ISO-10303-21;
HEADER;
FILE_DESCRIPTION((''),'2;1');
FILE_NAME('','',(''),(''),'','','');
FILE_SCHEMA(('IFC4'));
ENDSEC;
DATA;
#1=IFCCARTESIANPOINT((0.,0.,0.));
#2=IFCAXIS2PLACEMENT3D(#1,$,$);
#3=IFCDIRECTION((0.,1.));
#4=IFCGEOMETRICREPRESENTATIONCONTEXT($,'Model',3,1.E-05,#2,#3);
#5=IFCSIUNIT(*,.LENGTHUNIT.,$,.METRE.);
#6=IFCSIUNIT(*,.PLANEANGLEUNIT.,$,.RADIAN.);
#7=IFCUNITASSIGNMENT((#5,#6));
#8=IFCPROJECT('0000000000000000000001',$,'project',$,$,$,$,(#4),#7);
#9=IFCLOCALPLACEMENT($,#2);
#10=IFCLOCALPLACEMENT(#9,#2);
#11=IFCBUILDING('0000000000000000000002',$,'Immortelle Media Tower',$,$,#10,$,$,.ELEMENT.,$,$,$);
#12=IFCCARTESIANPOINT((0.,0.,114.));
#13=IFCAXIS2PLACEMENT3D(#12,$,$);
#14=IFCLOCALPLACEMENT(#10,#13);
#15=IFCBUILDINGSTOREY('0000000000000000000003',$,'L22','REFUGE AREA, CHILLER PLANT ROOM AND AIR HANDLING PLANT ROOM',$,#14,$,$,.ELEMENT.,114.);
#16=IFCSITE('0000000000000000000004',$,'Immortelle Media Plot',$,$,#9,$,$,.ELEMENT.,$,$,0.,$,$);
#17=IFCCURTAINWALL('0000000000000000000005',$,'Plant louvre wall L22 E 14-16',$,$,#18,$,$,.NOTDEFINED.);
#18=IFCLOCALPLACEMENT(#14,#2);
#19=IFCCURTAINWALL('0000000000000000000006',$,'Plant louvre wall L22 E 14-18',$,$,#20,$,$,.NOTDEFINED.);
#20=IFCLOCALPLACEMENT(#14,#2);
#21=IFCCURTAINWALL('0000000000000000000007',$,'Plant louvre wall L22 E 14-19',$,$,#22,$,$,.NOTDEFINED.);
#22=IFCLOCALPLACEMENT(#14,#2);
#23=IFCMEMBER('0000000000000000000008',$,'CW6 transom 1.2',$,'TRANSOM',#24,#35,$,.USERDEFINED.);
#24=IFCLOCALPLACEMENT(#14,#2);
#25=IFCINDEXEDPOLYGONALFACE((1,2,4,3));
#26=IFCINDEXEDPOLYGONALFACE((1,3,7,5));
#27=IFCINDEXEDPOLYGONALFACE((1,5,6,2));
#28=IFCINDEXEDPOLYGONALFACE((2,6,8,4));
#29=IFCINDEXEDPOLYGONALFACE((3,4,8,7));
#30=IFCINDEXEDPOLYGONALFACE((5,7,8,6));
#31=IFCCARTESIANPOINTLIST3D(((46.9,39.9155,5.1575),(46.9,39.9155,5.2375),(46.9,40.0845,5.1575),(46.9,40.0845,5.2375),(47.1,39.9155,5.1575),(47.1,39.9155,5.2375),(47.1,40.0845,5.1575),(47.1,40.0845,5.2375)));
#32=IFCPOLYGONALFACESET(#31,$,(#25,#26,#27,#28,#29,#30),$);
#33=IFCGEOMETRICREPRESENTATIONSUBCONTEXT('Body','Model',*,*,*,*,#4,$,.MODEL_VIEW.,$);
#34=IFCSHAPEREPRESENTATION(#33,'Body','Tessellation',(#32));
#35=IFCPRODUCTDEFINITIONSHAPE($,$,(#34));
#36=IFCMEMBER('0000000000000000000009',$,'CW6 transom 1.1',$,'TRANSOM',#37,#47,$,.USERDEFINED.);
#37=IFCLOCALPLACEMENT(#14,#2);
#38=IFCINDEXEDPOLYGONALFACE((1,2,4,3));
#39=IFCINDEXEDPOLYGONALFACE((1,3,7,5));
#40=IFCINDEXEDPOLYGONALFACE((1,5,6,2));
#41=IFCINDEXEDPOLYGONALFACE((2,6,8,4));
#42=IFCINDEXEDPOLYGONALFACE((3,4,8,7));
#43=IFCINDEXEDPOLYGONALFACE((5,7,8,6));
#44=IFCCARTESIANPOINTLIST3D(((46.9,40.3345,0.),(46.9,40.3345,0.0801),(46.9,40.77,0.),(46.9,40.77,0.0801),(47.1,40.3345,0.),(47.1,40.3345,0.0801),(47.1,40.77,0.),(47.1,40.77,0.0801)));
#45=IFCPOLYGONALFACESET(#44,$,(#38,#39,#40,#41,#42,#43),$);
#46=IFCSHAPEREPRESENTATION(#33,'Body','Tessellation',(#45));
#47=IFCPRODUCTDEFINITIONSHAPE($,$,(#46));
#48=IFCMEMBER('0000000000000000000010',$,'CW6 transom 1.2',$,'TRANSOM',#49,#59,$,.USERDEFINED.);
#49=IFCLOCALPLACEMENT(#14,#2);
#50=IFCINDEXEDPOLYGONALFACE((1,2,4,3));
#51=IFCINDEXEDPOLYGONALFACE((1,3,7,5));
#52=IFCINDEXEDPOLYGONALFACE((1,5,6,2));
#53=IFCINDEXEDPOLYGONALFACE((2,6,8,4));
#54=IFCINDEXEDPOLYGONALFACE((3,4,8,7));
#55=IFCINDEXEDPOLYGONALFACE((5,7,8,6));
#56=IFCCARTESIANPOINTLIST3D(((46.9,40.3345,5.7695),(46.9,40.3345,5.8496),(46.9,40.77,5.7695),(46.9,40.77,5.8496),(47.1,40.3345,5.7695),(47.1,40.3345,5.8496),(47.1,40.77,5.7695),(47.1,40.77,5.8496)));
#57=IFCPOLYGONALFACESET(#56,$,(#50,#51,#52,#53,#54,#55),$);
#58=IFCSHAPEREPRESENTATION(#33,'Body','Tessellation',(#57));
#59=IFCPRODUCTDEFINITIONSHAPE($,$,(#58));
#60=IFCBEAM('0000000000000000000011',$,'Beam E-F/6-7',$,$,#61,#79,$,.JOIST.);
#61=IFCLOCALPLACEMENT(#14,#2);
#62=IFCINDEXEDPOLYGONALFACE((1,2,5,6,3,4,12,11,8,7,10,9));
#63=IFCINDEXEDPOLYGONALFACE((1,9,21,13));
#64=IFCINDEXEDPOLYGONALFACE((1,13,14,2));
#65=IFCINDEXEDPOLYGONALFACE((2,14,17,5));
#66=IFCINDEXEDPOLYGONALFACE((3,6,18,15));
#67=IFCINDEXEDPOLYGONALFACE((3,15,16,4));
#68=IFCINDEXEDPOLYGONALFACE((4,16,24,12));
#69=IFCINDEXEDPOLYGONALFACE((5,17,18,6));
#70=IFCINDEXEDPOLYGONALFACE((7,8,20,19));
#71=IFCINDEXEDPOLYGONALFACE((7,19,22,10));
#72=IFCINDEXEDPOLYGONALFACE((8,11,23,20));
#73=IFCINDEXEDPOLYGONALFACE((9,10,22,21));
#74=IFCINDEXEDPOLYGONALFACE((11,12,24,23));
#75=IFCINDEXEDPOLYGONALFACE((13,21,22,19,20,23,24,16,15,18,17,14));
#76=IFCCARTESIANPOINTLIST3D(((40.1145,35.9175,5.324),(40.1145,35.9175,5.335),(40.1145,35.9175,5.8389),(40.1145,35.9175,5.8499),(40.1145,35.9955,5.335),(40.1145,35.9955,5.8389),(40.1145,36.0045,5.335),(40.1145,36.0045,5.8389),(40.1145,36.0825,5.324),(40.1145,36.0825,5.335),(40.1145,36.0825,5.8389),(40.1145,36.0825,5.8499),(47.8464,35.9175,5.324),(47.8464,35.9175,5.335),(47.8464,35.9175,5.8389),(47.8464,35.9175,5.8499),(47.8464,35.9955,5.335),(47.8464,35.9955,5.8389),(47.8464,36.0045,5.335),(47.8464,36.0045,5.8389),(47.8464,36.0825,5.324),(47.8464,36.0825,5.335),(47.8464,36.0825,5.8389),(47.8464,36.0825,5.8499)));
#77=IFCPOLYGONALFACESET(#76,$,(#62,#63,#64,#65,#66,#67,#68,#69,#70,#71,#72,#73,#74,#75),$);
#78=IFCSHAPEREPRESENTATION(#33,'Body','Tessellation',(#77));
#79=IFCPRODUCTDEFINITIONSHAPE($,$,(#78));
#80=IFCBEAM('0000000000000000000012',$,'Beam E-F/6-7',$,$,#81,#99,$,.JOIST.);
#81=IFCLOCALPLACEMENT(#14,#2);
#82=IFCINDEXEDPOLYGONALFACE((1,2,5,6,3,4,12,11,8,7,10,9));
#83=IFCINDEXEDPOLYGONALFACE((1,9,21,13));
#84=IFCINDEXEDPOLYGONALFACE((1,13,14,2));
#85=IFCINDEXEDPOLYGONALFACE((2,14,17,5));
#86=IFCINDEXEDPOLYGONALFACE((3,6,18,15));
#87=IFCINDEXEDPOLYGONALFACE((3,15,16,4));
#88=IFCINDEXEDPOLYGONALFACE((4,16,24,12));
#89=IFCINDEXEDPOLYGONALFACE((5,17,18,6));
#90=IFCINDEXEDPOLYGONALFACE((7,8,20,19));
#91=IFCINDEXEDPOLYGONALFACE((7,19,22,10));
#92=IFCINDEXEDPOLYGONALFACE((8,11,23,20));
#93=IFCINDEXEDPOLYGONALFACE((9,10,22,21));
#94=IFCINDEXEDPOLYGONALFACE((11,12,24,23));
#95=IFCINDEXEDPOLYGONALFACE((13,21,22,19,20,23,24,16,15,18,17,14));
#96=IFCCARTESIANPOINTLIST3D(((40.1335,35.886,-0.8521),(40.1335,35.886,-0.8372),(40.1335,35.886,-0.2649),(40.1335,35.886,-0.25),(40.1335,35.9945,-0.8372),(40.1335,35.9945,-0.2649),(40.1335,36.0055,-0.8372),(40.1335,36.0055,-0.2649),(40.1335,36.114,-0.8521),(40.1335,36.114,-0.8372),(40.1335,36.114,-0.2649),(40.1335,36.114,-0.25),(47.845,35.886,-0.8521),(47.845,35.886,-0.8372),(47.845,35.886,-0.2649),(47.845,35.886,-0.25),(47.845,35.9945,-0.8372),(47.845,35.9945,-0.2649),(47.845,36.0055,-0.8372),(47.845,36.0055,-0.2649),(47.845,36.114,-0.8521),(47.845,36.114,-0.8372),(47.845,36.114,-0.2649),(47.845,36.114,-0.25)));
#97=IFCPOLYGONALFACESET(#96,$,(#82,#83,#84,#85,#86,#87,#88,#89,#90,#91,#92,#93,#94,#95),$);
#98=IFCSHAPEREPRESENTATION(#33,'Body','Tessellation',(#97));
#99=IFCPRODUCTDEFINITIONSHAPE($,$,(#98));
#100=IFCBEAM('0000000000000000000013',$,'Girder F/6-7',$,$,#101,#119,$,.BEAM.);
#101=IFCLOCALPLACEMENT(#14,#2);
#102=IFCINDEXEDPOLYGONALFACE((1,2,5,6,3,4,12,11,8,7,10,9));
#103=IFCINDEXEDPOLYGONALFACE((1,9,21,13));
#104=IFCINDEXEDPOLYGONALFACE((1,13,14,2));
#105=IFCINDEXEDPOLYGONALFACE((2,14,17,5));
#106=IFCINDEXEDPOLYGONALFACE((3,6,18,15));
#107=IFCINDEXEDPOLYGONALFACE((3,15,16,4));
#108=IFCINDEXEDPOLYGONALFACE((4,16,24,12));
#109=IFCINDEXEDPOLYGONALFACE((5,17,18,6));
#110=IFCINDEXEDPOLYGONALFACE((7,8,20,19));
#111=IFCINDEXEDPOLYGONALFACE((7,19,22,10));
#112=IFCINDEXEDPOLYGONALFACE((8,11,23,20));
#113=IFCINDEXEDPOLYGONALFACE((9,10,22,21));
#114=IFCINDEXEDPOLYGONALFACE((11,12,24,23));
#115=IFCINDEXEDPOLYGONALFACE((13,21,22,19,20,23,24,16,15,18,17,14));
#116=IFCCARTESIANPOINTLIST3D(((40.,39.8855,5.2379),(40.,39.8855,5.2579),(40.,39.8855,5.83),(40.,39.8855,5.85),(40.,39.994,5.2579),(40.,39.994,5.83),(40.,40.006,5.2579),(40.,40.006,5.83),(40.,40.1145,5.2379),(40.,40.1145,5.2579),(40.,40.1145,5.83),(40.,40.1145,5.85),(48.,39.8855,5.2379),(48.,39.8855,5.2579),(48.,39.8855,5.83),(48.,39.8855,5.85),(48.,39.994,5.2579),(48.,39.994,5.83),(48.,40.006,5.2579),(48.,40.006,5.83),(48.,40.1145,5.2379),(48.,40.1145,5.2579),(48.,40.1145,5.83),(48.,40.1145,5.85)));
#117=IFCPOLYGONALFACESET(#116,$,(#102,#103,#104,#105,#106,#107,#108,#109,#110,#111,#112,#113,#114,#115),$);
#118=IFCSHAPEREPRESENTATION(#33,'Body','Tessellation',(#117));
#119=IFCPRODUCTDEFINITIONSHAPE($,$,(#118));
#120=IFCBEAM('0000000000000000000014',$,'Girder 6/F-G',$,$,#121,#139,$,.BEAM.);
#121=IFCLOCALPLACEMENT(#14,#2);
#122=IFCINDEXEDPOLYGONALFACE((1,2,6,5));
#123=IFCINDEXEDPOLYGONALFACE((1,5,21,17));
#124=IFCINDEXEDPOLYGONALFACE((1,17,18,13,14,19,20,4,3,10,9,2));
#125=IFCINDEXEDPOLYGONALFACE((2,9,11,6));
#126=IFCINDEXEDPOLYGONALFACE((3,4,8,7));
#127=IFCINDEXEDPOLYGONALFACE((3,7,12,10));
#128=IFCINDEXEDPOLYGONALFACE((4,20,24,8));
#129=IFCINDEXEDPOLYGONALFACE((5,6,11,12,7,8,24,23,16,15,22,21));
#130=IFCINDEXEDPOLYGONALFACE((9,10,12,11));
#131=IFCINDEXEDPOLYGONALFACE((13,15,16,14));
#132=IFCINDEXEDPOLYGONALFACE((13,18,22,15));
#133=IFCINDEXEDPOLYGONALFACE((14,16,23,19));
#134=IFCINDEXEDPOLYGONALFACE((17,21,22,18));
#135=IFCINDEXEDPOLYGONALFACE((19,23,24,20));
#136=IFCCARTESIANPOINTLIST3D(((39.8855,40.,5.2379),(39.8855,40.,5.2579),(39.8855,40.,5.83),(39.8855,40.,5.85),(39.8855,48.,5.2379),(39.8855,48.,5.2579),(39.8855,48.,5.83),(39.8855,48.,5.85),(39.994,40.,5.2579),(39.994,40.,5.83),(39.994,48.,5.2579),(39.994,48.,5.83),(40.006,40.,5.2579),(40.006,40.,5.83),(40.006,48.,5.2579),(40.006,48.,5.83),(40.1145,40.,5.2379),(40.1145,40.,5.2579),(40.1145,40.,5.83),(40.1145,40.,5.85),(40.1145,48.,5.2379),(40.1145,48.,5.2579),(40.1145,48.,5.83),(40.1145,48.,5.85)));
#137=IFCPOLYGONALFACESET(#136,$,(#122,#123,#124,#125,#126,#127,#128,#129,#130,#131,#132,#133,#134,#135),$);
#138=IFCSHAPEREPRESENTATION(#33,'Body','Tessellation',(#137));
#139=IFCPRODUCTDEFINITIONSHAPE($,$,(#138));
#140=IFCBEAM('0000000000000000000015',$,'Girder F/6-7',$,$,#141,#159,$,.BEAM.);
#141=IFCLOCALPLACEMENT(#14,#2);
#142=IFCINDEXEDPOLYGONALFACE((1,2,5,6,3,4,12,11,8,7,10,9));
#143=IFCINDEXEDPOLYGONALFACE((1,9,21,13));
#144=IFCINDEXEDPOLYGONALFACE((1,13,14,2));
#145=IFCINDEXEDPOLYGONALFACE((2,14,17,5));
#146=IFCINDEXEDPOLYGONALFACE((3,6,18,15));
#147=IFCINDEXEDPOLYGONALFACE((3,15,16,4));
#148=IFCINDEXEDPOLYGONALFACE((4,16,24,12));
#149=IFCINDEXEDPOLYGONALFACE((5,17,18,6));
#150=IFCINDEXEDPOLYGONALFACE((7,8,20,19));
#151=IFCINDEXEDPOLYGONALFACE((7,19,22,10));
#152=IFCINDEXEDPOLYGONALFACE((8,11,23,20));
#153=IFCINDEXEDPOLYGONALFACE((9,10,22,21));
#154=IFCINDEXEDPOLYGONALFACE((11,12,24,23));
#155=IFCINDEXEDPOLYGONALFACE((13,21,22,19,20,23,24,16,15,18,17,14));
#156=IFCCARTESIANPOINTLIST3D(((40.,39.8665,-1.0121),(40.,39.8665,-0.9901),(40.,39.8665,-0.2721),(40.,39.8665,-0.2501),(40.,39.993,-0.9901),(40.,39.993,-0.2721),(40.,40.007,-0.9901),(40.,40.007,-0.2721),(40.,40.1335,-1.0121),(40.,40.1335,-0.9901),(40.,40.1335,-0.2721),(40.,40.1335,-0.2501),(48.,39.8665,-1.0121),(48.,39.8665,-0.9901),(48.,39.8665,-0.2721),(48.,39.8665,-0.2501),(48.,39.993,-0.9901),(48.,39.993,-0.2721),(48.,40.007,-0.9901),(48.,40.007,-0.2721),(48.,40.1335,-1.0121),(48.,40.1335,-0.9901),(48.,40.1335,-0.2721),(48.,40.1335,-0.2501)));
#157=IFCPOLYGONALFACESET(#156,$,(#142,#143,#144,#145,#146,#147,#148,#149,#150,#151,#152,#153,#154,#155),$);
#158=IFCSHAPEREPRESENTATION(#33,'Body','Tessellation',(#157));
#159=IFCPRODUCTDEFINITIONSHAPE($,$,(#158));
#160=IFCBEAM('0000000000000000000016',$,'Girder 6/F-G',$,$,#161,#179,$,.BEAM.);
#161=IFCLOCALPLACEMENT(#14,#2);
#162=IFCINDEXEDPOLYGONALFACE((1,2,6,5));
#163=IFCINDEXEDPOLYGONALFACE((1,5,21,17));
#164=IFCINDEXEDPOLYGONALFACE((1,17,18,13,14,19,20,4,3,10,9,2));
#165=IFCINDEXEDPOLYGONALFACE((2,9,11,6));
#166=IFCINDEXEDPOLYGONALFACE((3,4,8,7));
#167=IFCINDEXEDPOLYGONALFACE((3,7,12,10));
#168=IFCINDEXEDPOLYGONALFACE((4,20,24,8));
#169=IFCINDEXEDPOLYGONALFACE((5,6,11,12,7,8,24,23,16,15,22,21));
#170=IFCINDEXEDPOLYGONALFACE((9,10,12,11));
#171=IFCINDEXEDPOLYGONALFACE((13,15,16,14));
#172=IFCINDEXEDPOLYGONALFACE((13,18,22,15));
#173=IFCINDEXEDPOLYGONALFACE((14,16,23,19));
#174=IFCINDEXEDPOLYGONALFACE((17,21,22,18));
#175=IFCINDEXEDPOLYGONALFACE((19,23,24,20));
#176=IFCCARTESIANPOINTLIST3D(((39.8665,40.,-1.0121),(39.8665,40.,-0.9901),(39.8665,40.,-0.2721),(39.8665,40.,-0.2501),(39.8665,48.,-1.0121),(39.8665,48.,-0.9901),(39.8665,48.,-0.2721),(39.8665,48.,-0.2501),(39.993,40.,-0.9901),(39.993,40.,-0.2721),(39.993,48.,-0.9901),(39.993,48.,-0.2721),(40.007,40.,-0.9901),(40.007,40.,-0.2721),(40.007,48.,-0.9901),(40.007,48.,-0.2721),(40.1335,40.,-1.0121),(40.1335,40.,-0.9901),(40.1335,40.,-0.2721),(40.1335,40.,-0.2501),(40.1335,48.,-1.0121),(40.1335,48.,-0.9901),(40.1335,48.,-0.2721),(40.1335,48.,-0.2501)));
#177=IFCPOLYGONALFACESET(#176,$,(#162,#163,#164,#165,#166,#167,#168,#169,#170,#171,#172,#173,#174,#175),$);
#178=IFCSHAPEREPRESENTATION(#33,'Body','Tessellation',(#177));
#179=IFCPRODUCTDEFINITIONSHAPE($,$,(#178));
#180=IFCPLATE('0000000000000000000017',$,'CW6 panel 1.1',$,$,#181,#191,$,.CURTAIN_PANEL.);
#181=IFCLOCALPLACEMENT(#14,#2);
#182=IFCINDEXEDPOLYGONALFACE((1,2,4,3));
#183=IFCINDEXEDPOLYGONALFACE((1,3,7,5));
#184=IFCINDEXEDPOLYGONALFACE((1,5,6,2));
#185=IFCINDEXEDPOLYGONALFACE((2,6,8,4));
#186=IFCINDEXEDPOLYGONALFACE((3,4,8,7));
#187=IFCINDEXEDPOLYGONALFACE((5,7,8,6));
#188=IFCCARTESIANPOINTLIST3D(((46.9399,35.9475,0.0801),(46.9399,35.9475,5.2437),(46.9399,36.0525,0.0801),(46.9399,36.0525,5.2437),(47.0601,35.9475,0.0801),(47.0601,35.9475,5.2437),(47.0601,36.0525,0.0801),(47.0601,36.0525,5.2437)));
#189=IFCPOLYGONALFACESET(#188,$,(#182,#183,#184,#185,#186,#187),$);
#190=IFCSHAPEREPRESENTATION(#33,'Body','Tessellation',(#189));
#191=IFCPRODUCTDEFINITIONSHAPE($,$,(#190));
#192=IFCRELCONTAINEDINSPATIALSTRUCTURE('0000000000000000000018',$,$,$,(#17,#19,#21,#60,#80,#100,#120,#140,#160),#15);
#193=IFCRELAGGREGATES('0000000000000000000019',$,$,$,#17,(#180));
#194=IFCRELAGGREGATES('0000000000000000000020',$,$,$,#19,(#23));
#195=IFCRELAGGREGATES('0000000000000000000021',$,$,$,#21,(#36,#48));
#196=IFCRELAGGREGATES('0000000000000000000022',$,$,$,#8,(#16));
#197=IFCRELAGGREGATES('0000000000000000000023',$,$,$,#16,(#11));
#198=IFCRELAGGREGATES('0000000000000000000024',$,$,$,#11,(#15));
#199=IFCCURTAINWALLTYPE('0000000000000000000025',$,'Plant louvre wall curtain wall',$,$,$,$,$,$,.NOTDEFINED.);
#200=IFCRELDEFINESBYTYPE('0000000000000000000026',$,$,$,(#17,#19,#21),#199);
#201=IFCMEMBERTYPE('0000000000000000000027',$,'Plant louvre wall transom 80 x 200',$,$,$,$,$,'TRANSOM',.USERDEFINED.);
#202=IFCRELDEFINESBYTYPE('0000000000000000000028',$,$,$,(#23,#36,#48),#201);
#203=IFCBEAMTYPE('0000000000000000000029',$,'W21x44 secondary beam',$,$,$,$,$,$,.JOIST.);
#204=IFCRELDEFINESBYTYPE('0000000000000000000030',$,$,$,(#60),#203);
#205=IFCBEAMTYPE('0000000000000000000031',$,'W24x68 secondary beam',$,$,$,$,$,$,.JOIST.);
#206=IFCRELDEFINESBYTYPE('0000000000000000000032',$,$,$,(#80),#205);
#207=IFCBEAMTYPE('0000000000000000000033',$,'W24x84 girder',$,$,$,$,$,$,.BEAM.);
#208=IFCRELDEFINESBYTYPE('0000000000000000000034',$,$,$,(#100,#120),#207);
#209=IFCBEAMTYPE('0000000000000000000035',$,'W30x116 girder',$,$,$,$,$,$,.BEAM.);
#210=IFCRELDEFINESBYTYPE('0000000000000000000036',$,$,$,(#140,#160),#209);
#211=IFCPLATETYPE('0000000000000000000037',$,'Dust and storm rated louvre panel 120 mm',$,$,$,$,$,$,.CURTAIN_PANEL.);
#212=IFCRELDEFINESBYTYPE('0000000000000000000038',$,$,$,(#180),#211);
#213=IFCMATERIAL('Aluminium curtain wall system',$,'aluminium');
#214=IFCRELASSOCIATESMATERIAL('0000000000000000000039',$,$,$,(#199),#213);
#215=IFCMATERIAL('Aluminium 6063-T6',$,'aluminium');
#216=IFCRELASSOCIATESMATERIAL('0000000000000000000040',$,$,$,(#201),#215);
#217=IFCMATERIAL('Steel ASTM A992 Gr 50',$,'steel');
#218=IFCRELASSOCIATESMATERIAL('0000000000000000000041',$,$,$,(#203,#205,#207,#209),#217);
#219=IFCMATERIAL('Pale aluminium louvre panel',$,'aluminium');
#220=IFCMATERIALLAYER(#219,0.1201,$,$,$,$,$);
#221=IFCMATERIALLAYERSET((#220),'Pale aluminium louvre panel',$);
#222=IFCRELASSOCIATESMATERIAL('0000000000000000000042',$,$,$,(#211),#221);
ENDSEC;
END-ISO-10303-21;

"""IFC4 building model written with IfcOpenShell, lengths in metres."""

from ifc_helpers import new_model, si_unit, direction, frame, origin, origin_2d, place, context, subcontext, project, spatial, rectangle, i_section, extrude, material, layer, layer_set, material_profile, profile_set, type_object, element, aggregate, save


model = new_model("IFC4")

# Units and contexts
model_context = context("Model", 3, precision=1e-05, world=origin(), true_north=direction((0.0, 1.0)))
body_context = subcontext(model_context, "Body", "Model", "MODEL_VIEW")
ifc_project = project(units=[si_unit("LENGTHUNIT", "METRE"), si_unit("PLANEANGLEUNIT", "RADIAN")], contexts=[model_context])

# Site, building, storey
site_placement = place(None, origin())
site = spatial("IfcSite", under=ifc_project, at=site_placement, Name="Immortelle Media Plot", CompositionType="ELEMENT", RefElevation=0.0)
building_placement = place(site_placement, origin())
building = spatial("IfcBuilding", under=site, at=building_placement, Name="Immortelle Media Tower", CompositionType="ELEMENT")
storey_placement = place(building_placement, frame((0.0, 0.0, 114.0)))
storey = spatial("IfcBuildingStorey", under=building, at=storey_placement, Name="L22", Description="REFUGE AREA, CHILLER PLANT ROOM AND AIR HANDLING PLANT ROOM", CompositionType="ELEMENT", Elevation=114.0)

# Shared definitions
ifc_material_1 = material(Name="Steel ASTM A992 Gr 50", Category="steel")

# Curtain wall
ifc_material_2 = material(Name="Aluminium curtain wall system", Category="aluminium")
curtain_wall_type = type_object("IfcCurtainWallType", Name="Plant louvre wall curtain wall", PredefinedType="NOTDEFINED", material=ifc_material_2)
curtain_wall_1_placement = place(storey_placement, origin())
curtain_wall_1 = element("IfcCurtainWall", 1, at=curtain_wall_1_placement, inside=storey, type_object=curtain_wall_type, Name="Plant louvre wall L22 E 14-16", PredefinedType="NOTDEFINED")
ifc_material_3 = material(Name="Aluminium 6063-T6", Category="aluminium")

# Curtain walls
curtain_wall_2_placement = place(storey_placement, origin())
curtain_wall_2 = element("IfcCurtainWall", 2, at=curtain_wall_2_placement, inside=storey, type_object=curtain_wall_type, Name="Plant louvre wall L22 E 14-18", PredefinedType="NOTDEFINED")
curtain_wall_3_placement = place(storey_placement, origin())
curtain_wall_3 = element("IfcCurtainWall", 3, at=curtain_wall_3_placement, inside=storey, type_object=curtain_wall_type, Name="Plant louvre wall L22 E 14-19", PredefinedType="NOTDEFINED")

# Members
ifc_material_profile_1 = material_profile(ifc_material_3, rectangle(XDim=0.2, YDim=0.0801, at=origin_2d()), Name="AL 80x200")
ifc_profile_set_1 = profile_set([ifc_material_profile_1], Name="Aluminium 6063-T6")
member_type_1 = type_object("IfcMemberType", Name="Plant louvre wall transom 80 x 200", ElementType="TRANSOM", PredefinedType="USERDEFINED", material=ifc_profile_set_1)
member_1_placement = place(storey_placement, frame((47.0, 39.9155, 5.1975), z_axis=(0.0, 1.0, 0.0), x_axis=(-1.0, 0.0, 0.0)))
member_1 = element("IfcMember", 4, at=member_1_placement, type_object=member_type_1, Name="CW6 transom 1.2", ObjectType="TRANSOM", PredefinedType="USERDEFINED", context=body_context, shape_type="SweptSolid", body=[
    extrude(rectangle(XDim=0.2, YDim=0.0801, at=origin_2d()), origin(), (0.0, 0.0, 1.0), 0.1689),
])
member_2_placement = place(storey_placement, frame((47.0, 40.3345, 0.04), z_axis=(0.0, 1.0, 0.0), x_axis=(-1.0, 0.0, 0.0)))
member_2 = element("IfcMember", 5, at=member_2_placement, type_object=member_type_1, Name="CW6 transom 1.1", ObjectType="TRANSOM", PredefinedType="USERDEFINED", context=body_context, shape_type="SweptSolid", body=[
    extrude(rectangle(XDim=0.2, YDim=0.0801, at=origin_2d()), origin(), (0.0, 0.0, 1.0), 0.4355),
])
member_3_placement = place(storey_placement, frame((47.0, 40.3345, 5.8096), z_axis=(0.0, 1.0, 0.0), x_axis=(-1.0, 0.0, 0.0)))
member_3 = element("IfcMember", 6, at=member_3_placement, type_object=member_type_1, Name="CW6 transom 1.2", ObjectType="TRANSOM", PredefinedType="USERDEFINED", context=body_context, shape_type="SweptSolid", body=[
    extrude(rectangle(XDim=0.2, YDim=0.0801, at=origin_2d()), origin(), (0.0, 0.0, 1.0), 0.4355),
])

# Beams
ifc_material_profile_2 = material_profile(ifc_material_1, i_section(OverallWidth=0.165, OverallDepth=0.5259, WebThickness=0.009, FlangeThickness=0.011, at=origin_2d()), Name="W21x44")
ifc_profile_set_2 = profile_set([ifc_material_profile_2], Name="Steel ASTM A992 Gr 50")
beam_type_1 = type_object("IfcBeamType", Name="W21x44 secondary beam", PredefinedType="JOIST", material=ifc_profile_set_2)
beam_1_placement = place(storey_placement, frame((40.1145, 36.0, 5.5869), z_axis=(1.0, 0.0, 0.0), x_axis=(0.0, 1.0, 0.0)))
element("IfcBeam", 7, at=beam_1_placement, inside=storey, type_object=beam_type_1, Name="Beam E-F/6-7", PredefinedType="JOIST", context=body_context, shape_type="SweptSolid", body=[
    extrude(i_section(OverallWidth=0.165, OverallDepth=0.5259, WebThickness=0.009, FlangeThickness=0.011, at=origin_2d()), origin(), (0.0, 0.0, 1.0), 7.7319),
])
ifc_material_profile_3 = material_profile(ifc_material_1, i_section(OverallWidth=0.228, OverallDepth=0.6021, WebThickness=0.011, FlangeThickness=0.0149, at=origin_2d()), Name="W24x68")
ifc_profile_set_3 = profile_set([ifc_material_profile_3], Name="Steel ASTM A992 Gr 50")
beam_type_2 = type_object("IfcBeamType", Name="W24x68 secondary beam", PredefinedType="JOIST", material=ifc_profile_set_3)
beam_2_placement = place(storey_placement, frame((40.1335, 36.0, -0.551), z_axis=(1.0, 0.0, 0.0), x_axis=(0.0, 1.0, 0.0)))
element("IfcBeam", 8, at=beam_2_placement, inside=storey, type_object=beam_type_2, Name="Beam E-F/6-7", PredefinedType="JOIST", context=body_context, shape_type="SweptSolid", body=[
    extrude(i_section(OverallWidth=0.228, OverallDepth=0.6021, WebThickness=0.011, FlangeThickness=0.0149, at=origin_2d()), origin(), (0.0, 0.0, 1.0), 7.7114),
])
ifc_material_profile_4 = material_profile(ifc_material_1, i_section(OverallWidth=0.229, OverallDepth=0.6121, WebThickness=0.012, FlangeThickness=0.02, at=origin_2d()), Name="W24x84")
ifc_profile_set_4 = profile_set([ifc_material_profile_4], Name="Steel ASTM A992 Gr 50")
beam_type_3 = type_object("IfcBeamType", Name="W24x84 girder", PredefinedType="BEAM", material=ifc_profile_set_4)
for number, where, z_axis, x_axis, name in (
    (9, (40.0, 40.0, 5.5439), (1.0, 0.0, 0.0), (0.0, 1.0, 0.0), "Girder F/6-7"),
    (10, (40.0, 40.0, 5.5439), (0.0, 1.0, 0.0), (-1.0, 0.0, 0.0), "Girder 6/F-G"),
):
    element("IfcBeam", number, at=place(storey_placement, frame(where, z_axis=z_axis, x_axis=x_axis)), inside=storey, type_object=beam_type_3, Name=name, PredefinedType="BEAM", context=body_context, shape_type="SweptSolid", body=[
        extrude(i_section(OverallWidth=0.229, OverallDepth=0.6121, WebThickness=0.012, FlangeThickness=0.02, at=origin_2d()), origin(), (0.0, 0.0, 1.0), 8.0),
    ])
ifc_material_profile_5 = material_profile(ifc_material_1, i_section(OverallWidth=0.2671, OverallDepth=0.762, WebThickness=0.0139, FlangeThickness=0.022, at=origin_2d()), Name="W30x116")
ifc_profile_set_5 = profile_set([ifc_material_profile_5], Name="Steel ASTM A992 Gr 50")
beam_type_4 = type_object("IfcBeamType", Name="W30x116 girder", PredefinedType="BEAM", material=ifc_profile_set_5)
for number, where, z_axis, x_axis, name in (
    (11, (40.0, 40.0, -0.6311), (1.0, 0.0, 0.0), (0.0, 1.0, 0.0), "Girder F/6-7"),
    (12, (40.0, 40.0, -0.6311), (0.0, 1.0, 0.0), (-1.0, 0.0, 0.0), "Girder 6/F-G"),
):
    element("IfcBeam", number, at=place(storey_placement, frame(where, z_axis=z_axis, x_axis=x_axis)), inside=storey, type_object=beam_type_4, Name=name, PredefinedType="BEAM", context=body_context, shape_type="SweptSolid", body=[
        extrude(i_section(OverallWidth=0.2671, OverallDepth=0.762, WebThickness=0.0139, FlangeThickness=0.022, at=origin_2d()), origin(), (0.0, 0.0, 1.0), 8.0),
    ])

# Plate
ifc_material_4 = material(Name="Pale aluminium louvre panel", Category="aluminium")
ifc_layer_1 = layer(ifc_material_4, 0.1201)
ifc_layer_set_1 = layer_set([ifc_layer_1], Name="Pale aluminium louvre panel")
plate_type = type_object("IfcPlateType", Name="Dust and storm rated louvre panel 120 mm", PredefinedType="CURTAIN_PANEL", material=ifc_layer_set_1)
plate_1_placement = place(storey_placement, frame((47.0, 36.0, 0.0801), z_axis=(0.0, 0.0, 1.0), x_axis=(0.0, 1.0, 0.0)))
plate_1 = element("IfcPlate", 13, at=plate_1_placement, type_object=plate_type, Name="CW6 panel 1.1", PredefinedType="CURTAIN_PANEL", context=body_context, shape_type="SweptSolid", body=[
    extrude(rectangle(XDim=0.105, YDim=0.1201, at=origin_2d()), origin(), (0.0, 0.0, 1.0), 5.1636),
])
aggregate(curtain_wall_1, [plate_1])
aggregate(curtain_wall_2, [member_1])
aggregate(curtain_wall_3, [member_2, member_3])

save(model, "model.ifc")
